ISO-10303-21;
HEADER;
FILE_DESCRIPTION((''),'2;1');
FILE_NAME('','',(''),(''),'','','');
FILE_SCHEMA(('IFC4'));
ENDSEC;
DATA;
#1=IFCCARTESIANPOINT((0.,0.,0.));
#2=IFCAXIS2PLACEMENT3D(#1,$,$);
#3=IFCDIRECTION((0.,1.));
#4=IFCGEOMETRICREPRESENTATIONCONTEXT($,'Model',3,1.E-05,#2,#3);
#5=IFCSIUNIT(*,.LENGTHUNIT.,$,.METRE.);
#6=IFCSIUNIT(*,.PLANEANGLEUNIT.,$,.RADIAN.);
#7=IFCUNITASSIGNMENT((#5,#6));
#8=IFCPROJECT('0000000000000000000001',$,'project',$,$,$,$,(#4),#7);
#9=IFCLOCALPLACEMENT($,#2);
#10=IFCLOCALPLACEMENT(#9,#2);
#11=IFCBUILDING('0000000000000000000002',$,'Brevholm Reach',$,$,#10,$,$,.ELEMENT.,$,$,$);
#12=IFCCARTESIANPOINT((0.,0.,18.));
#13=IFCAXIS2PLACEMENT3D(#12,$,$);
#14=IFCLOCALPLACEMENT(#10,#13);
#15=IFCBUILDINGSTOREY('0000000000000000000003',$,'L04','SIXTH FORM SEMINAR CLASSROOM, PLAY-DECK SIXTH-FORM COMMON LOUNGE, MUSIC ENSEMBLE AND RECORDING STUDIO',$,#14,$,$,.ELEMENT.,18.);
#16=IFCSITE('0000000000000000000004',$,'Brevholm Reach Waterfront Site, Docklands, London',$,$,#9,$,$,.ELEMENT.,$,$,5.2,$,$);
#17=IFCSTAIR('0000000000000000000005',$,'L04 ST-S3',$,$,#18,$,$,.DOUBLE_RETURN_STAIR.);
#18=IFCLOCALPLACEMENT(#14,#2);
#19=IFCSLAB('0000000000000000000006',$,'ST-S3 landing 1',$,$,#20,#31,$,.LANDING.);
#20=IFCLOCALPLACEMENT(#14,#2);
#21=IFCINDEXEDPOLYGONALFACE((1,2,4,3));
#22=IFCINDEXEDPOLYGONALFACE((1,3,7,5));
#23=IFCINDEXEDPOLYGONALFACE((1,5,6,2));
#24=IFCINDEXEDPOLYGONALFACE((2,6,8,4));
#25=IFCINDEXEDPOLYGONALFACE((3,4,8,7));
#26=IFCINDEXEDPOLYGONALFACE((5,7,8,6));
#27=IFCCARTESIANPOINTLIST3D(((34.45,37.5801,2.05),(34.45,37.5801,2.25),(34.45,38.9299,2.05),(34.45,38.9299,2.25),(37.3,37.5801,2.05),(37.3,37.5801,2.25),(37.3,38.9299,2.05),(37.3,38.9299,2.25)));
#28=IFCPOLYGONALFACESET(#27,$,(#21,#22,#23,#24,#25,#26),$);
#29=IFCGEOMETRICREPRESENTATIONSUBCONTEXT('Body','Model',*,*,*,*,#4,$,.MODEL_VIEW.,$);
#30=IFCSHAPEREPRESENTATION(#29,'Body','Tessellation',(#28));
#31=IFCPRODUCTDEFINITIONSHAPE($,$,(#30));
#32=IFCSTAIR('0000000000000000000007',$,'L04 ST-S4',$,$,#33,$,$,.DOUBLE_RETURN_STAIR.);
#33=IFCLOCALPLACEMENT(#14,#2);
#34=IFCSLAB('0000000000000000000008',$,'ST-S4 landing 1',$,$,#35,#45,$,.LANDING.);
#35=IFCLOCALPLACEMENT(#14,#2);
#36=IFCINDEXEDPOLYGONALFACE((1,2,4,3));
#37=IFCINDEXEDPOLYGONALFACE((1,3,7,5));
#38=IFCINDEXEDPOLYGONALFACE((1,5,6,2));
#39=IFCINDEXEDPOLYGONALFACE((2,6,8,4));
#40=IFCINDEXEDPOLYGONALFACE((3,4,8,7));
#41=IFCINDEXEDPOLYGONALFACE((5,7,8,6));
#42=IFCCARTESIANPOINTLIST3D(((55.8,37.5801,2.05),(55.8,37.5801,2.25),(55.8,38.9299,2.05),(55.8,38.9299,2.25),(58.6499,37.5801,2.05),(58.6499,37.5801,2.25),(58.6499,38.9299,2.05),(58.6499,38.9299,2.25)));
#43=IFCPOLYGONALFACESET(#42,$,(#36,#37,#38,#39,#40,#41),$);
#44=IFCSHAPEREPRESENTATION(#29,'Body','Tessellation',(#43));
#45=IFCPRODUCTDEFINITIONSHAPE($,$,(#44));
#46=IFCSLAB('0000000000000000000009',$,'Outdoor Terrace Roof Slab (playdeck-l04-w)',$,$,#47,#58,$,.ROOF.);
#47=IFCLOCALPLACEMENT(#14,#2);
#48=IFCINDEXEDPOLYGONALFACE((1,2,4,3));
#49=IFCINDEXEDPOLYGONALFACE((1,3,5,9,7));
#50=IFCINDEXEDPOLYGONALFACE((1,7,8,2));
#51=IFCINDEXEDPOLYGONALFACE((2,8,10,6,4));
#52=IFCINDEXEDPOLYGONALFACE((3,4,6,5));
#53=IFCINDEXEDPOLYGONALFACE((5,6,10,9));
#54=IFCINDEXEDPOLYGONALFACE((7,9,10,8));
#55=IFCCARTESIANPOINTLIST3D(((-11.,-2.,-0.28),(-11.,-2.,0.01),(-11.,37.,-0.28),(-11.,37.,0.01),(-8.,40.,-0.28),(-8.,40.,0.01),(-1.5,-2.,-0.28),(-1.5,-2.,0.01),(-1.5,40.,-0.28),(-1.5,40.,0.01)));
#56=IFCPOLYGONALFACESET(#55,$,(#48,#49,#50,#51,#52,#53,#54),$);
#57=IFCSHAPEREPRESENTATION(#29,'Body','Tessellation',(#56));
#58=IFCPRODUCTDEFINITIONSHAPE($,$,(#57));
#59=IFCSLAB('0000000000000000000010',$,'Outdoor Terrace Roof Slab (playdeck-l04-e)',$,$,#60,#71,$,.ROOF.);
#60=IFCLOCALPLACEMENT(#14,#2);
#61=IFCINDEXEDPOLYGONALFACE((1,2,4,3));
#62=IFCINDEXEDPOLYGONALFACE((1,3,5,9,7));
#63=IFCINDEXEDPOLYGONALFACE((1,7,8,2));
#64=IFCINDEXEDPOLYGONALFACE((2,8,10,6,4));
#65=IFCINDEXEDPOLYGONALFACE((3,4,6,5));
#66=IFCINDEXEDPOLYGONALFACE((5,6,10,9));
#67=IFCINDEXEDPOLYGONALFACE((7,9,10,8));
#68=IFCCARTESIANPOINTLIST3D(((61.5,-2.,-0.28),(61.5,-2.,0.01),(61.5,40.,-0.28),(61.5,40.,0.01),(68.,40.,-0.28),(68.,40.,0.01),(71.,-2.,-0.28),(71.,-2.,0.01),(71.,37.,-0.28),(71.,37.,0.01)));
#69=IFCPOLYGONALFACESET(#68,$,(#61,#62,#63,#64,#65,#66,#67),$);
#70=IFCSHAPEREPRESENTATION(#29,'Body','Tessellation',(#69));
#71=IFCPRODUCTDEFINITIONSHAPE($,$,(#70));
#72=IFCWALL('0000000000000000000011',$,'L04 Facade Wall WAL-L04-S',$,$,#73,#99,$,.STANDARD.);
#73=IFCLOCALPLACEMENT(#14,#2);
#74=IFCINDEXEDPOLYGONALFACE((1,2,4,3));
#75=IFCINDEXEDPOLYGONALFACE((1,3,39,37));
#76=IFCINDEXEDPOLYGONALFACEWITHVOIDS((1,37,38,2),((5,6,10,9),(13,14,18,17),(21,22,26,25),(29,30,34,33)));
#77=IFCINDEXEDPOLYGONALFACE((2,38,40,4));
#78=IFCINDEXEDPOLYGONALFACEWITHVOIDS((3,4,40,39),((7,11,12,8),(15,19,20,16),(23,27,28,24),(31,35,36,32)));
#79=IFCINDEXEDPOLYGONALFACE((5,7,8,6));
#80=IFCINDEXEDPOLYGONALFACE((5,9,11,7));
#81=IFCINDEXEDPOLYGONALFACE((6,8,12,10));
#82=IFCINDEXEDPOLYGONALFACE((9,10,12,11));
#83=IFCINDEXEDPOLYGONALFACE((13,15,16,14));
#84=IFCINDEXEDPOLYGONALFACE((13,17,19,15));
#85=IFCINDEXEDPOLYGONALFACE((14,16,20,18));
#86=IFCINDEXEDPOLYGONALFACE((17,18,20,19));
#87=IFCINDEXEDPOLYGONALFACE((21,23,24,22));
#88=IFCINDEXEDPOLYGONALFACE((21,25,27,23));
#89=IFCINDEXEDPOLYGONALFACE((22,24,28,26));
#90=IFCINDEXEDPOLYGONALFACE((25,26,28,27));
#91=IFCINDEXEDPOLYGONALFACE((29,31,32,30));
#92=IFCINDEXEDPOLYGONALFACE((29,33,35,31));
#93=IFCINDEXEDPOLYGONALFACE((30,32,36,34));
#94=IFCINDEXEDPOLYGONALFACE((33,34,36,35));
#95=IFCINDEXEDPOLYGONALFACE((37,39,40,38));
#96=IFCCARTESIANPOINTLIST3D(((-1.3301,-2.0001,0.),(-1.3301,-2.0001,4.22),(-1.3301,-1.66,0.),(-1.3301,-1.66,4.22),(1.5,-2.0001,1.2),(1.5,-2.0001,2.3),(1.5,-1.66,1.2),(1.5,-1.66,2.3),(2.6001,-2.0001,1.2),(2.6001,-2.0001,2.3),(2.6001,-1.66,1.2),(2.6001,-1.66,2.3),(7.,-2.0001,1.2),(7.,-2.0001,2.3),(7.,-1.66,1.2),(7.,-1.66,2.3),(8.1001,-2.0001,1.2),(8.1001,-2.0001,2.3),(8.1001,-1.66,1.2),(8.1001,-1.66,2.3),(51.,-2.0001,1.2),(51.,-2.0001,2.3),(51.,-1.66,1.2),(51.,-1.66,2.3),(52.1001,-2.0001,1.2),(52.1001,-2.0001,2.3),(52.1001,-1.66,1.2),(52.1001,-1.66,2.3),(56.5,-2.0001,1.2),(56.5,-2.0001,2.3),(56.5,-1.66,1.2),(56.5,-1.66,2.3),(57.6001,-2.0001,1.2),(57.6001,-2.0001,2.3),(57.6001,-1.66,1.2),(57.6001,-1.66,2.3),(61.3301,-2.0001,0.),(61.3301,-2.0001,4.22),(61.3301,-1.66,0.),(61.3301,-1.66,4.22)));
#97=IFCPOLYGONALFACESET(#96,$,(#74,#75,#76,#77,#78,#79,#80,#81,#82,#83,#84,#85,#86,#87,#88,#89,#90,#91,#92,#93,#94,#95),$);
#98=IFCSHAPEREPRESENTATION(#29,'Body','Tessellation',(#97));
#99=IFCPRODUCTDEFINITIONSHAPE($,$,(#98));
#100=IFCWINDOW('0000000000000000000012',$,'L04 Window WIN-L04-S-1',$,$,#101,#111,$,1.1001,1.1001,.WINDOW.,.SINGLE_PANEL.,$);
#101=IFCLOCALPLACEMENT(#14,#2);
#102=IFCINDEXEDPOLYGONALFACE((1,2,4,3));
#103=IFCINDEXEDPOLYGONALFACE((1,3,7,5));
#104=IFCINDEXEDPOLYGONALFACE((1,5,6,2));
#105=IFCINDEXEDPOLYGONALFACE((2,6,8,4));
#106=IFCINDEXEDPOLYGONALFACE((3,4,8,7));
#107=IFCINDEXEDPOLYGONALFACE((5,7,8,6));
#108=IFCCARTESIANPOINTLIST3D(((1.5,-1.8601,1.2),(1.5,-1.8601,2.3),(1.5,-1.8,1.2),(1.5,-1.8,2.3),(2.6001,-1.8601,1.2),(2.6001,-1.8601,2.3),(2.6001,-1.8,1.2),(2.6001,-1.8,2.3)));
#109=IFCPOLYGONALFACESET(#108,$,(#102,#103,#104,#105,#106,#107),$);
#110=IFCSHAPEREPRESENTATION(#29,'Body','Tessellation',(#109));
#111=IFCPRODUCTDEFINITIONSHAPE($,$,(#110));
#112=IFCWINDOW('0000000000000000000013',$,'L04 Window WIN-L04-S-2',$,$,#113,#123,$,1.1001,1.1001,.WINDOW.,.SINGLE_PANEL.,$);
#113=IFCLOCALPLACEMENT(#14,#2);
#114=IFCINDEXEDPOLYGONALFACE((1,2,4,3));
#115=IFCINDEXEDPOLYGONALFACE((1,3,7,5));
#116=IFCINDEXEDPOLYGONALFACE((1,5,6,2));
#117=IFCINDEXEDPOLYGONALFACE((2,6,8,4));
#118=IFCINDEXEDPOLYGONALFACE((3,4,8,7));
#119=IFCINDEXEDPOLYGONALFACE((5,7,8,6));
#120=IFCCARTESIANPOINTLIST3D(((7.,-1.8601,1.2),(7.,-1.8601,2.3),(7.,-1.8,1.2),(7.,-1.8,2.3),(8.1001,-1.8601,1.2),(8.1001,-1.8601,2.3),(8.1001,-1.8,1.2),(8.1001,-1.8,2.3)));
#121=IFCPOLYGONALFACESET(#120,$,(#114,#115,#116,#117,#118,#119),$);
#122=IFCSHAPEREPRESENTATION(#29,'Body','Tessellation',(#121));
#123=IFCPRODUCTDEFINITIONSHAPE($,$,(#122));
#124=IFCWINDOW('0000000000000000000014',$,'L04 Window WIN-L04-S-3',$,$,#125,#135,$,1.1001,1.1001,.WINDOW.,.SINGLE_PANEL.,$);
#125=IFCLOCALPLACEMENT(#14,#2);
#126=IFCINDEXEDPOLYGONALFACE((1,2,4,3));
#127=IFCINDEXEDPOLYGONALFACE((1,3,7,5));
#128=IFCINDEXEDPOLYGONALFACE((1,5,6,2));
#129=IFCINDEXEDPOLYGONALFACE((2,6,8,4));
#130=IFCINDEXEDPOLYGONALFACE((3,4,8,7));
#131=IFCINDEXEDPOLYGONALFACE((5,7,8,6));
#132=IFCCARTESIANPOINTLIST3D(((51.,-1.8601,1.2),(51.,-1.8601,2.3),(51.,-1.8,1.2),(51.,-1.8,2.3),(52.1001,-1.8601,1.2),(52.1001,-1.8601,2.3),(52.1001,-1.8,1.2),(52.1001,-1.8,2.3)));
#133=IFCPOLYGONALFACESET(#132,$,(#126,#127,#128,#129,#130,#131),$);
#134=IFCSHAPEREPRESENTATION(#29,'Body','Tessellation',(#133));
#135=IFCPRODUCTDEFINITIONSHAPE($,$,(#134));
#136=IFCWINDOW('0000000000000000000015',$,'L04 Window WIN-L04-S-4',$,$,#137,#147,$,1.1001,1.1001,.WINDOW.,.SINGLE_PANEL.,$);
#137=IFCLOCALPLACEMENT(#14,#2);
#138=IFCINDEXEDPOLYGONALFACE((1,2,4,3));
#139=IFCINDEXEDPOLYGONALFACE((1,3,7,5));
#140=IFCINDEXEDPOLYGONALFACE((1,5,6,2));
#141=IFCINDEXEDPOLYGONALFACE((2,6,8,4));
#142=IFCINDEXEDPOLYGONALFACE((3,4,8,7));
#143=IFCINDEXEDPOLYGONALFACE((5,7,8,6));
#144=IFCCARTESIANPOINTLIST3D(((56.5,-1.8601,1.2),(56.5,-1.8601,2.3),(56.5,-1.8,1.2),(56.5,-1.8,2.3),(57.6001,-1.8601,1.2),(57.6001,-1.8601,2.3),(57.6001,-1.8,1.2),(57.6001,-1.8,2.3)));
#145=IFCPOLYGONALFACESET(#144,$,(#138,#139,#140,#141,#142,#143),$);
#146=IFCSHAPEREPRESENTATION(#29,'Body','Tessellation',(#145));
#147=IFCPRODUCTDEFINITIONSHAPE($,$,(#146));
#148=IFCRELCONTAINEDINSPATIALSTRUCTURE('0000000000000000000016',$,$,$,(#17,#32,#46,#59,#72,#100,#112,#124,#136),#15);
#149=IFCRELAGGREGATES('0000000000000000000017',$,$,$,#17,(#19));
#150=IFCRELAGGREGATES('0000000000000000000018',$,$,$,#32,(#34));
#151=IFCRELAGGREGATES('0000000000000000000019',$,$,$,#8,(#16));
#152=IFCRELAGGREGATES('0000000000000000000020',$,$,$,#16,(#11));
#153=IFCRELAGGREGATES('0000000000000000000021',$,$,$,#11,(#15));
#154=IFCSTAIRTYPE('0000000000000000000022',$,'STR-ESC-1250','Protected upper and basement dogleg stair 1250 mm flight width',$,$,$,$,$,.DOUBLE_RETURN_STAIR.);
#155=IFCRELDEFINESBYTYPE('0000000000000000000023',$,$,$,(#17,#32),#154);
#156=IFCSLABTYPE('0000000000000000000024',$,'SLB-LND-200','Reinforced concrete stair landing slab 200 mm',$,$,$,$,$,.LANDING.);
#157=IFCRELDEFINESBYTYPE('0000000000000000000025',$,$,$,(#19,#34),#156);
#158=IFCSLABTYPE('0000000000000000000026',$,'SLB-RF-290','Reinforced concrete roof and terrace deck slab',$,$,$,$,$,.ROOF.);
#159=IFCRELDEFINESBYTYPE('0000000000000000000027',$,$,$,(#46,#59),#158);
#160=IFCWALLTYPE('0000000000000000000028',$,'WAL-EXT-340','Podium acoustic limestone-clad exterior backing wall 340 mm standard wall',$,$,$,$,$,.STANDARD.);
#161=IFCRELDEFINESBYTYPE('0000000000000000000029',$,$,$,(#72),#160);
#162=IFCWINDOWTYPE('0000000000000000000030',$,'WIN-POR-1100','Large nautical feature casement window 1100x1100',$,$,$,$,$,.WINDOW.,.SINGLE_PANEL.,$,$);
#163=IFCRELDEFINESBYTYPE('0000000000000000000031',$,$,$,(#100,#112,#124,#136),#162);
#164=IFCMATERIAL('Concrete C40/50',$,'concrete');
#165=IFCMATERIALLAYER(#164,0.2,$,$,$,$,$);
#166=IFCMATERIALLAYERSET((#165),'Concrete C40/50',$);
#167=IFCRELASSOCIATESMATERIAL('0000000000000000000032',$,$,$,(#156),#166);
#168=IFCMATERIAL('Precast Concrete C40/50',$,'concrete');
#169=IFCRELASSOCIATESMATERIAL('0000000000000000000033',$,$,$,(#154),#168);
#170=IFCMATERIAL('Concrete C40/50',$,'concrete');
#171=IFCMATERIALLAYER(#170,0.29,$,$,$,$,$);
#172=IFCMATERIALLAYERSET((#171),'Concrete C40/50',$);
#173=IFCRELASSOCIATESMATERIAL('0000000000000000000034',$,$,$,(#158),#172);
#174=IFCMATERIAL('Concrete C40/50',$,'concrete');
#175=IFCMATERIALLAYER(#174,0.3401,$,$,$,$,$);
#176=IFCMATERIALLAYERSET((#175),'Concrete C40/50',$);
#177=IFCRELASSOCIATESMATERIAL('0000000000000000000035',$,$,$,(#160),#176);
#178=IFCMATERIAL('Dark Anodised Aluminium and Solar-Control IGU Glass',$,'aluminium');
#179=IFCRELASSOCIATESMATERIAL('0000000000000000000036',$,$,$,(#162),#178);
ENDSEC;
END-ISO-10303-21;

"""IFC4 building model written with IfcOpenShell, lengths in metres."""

from ifc_helpers import new_model, si_unit, direction, frame, frame_2d, origin, place, context, subcontext, project, spatial, polyline, rectangle, outline, extrude, material, layer, layer_set, type_object, element, fill, aggregate, save


model = new_model("IFC4")

# Units and contexts
model_context = context("Model", 3, precision=1e-05, world=origin(), true_north=direction((0.0, 1.0)))
body_context = subcontext(model_context, "Body", "Model", "MODEL_VIEW")
ifc_project = project(units=[si_unit("LENGTHUNIT", "METRE"), si_unit("PLANEANGLEUNIT", "RADIAN")], contexts=[model_context])

# Site, building, storey
site_placement = place(None, origin())
site = spatial("IfcSite", under=ifc_project, at=site_placement, Name="Brevholm Reach Waterfront Site, Docklands, London", CompositionType="ELEMENT", RefElevation=5.2)
building_placement = place(site_placement, origin())
building = spatial("IfcBuilding", under=site, at=building_placement, Name="Brevholm Reach", CompositionType="ELEMENT")
storey_placement = place(building_placement, frame((0.0, 0.0, 18.0)))
storey = spatial("IfcBuildingStorey", under=building, at=storey_placement, Name="L04", Description="SIXTH FORM SEMINAR CLASSROOM, PLAY-DECK SIXTH-FORM COMMON LOUNGE, MUSIC ENSEMBLE AND RECORDING STUDIO", CompositionType="ELEMENT", Elevation=18.0)

# Stairs, slabs
ifc_material_1 = material(Name="Concrete C40/50", Category="concrete")
ifc_layer_1 = layer(ifc_material_1, 0.2)
ifc_layer_set_1 = layer_set([ifc_layer_1], Name="Concrete C40/50")
slab_type_1 = type_object("IfcSlabType", Name="SLB-LND-200", Description="Reinforced concrete stair landing slab 200 mm", PredefinedType="LANDING", material=ifc_layer_set_1)
ifc_material_2 = material(Name="Precast Concrete C40/50", Category="concrete")
stair_type_1 = type_object("IfcStairType", Name="STR-ESC-1250", Description="Protected upper and basement dogleg stair 1250 mm flight width", PredefinedType="DOUBLE_RETURN_STAIR", material=ifc_material_2)
stair_1_placement = place(storey_placement, origin())
stair_1 = element("IfcStair", 1, at=stair_1_placement, inside=storey, type_object=stair_type_1, Name="L04 ST-S3", PredefinedType="DOUBLE_RETURN_STAIR")
slab_1_placement = place(storey_placement, frame((0.0, 0.0, 2.05)))
slab_1 = element("IfcSlab", 2, at=slab_1_placement, type_object=slab_type_1, Name="ST-S3 landing 1", PredefinedType="LANDING", context=body_context, shape_type="SweptSolid", body=[
    extrude(outline(polyline([(37.3, 37.5801), (37.3, 38.9299), (34.45, 38.9299), (34.45, 37.5801), (37.3, 37.5801)])), origin(), (0.0, 0.0, 1.0), 0.2),
])
aggregate(stair_1, [slab_1])
stair_2_placement = place(storey_placement, origin())
stair_2 = element("IfcStair", 3, at=stair_2_placement, inside=storey, type_object=stair_type_1, Name="L04 ST-S4", PredefinedType="DOUBLE_RETURN_STAIR")
slab_2_placement = place(storey_placement, frame((0.0, 0.0, 2.05)))
slab_2 = element("IfcSlab", 4, at=slab_2_placement, type_object=slab_type_1, Name="ST-S4 landing 1", PredefinedType="LANDING", context=body_context, shape_type="SweptSolid", body=[
    extrude(outline(polyline([(58.6499, 37.5801), (58.6499, 38.9299), (55.8, 38.9299), (55.8, 37.5801), (58.6499, 37.5801)])), origin(), (0.0, 0.0, 1.0), 0.2),
])
aggregate(stair_2, [slab_2])

# Slabs
ifc_material_3 = material(Name="Concrete C40/50", Category="concrete")
ifc_layer_2 = layer(ifc_material_3, 0.29)
ifc_layer_set_2 = layer_set([ifc_layer_2], Name="Concrete C40/50")
slab_type_2 = type_object("IfcSlabType", Name="SLB-RF-290", Description="Reinforced concrete roof and terrace deck slab", PredefinedType="ROOF", material=ifc_layer_set_2)
slab_3_placement = place(storey_placement, frame((0.0, 0.0, -0.28)))
element("IfcSlab", 5, at=slab_3_placement, inside=storey, type_object=slab_type_2, Name="Outdoor Terrace Roof Slab (playdeck-l04-w)", PredefinedType="ROOF", context=body_context, shape_type="SweptSolid", body=[
    extrude(outline(polyline([(-11.0, -2.0), (-1.5, -2.0), (-1.5, 40.0), (-8.0, 40.0), (-11.0, 37.0), (-11.0, -2.0)])), origin(), (0.0, 0.0, 1.0), 0.29),
])
slab_4_placement = place(storey_placement, frame((0.0, 0.0, -0.28)))
element("IfcSlab", 6, at=slab_4_placement, inside=storey, type_object=slab_type_2, Name="Outdoor Terrace Roof Slab (playdeck-l04-e)", PredefinedType="ROOF", context=body_context, shape_type="SweptSolid", body=[
    extrude(outline(polyline([(61.5, -2.0), (71.0, -2.0), (71.0, 37.0), (68.0, 40.0), (61.5, 40.0), (61.5, -2.0)])), origin(), (0.0, 0.0, 1.0), 0.29),
])

# Wall, openings, windows
ifc_material_4 = material(Name="Concrete C40/50", Category="concrete")
ifc_layer_3 = layer(ifc_material_4, 0.3401)
ifc_layer_set_3 = layer_set([ifc_layer_3], Name="Concrete C40/50")
wall_type = type_object("IfcWallType", Name="WAL-EXT-340", Description="Podium acoustic limestone-clad exterior backing wall 340 mm standard wall", PredefinedType="STANDARD", material=ifc_layer_set_3)
wall_placement = place(storey_placement, frame((-1.3301, -1.8301, 0.0), z_axis=(0.0, 0.0, 1.0), x_axis=(1.0, 0.0, 0.0)))
wall = element("IfcWall", 7, at=wall_placement, inside=storey, type_object=wall_type, Name="L04 Facade Wall WAL-L04-S", PredefinedType="STANDARD", context=body_context, shape_type="SweptSolid", body=[
    extrude(rectangle(XDim=62.6602, YDim=0.3401, at=frame_2d((31.3301, 0.0))), origin(), (0.0, 0.0, 1.0), 4.22),
])
opening_1_placement = place(wall_placement, frame((2.8301, 0.0, 1.2)))
opening_1 = element("IfcOpeningElement", 8, at=opening_1_placement, cuts=wall, PredefinedType="OPENING", context=body_context, shape_type="SweptSolid", body=[
    extrude(rectangle(XDim=1.1001, YDim=1.1001, at=frame_2d((0.55, 0.55))), frame((0.0, 0.1799, 0.0), z_axis=(0.0, -1.0, 0.0), x_axis=(1.0, 0.0, 0.0)), (0.0, 0.0, 1.0), 0.3601),
])
opening_2_placement = place(wall_placement, frame((8.3301, 0.0, 1.2)))
opening_2 = element("IfcOpeningElement", 9, at=opening_2_placement, cuts=wall, PredefinedType="OPENING", context=body_context, shape_type="SweptSolid", body=[
    extrude(rectangle(XDim=1.1001, YDim=1.1001, at=frame_2d((0.55, 0.55))), frame((0.0, 0.1799, 0.0), z_axis=(0.0, -1.0, 0.0), x_axis=(1.0, 0.0, 0.0)), (0.0, 0.0, 1.0), 0.3601),
])
opening_3_placement = place(wall_placement, frame((52.3301, 0.0, 1.2)))
opening_3 = element("IfcOpeningElement", 10, at=opening_3_placement, cuts=wall, PredefinedType="OPENING", context=body_context, shape_type="SweptSolid", body=[
    extrude(rectangle(XDim=1.1001, YDim=1.1001, at=frame_2d((0.55, 0.55))), frame((0.0, 0.1799, 0.0), z_axis=(0.0, -1.0, 0.0), x_axis=(1.0, 0.0, 0.0)), (0.0, 0.0, 1.0), 0.3601),
])
opening_4_placement = place(wall_placement, frame((57.8301, 0.0, 1.2)))
opening_4 = element("IfcOpeningElement", 11, at=opening_4_placement, cuts=wall, PredefinedType="OPENING", context=body_context, shape_type="SweptSolid", body=[
    extrude(rectangle(XDim=1.1001, YDim=1.1001, at=frame_2d((0.55, 0.55))), frame((0.0, 0.1799, 0.0), z_axis=(0.0, -1.0, 0.0), x_axis=(1.0, 0.0, 0.0)), (0.0, 0.0, 1.0), 0.3601),
])
ifc_material_5 = material(Name="Dark Anodised Aluminium and Solar-Control IGU Glass", Category="aluminium")
window_type = type_object("IfcWindowType", Name="WIN-POR-1100", Description="Large nautical feature casement window 1100x1100", PartitioningType="SINGLE_PANEL", PredefinedType="WINDOW", material=ifc_material_5)
window_1_placement = place(opening_1_placement, origin())
window_1 = element("IfcWindow", 12, at=window_1_placement, inside=storey, type_object=window_type, Name="L04 Window WIN-L04-S-1", OverallHeight=1.1001, OverallWidth=1.1001, PartitioningType="SINGLE_PANEL", PredefinedType="WINDOW", context=body_context, shape_type="SweptSolid", body=[
    extrude(rectangle(XDim=1.1001, YDim=1.1001, at=frame_2d((0.55, 0.55))), frame((0.0, 0.03, 0.0), z_axis=(0.0, -1.0, 0.0), x_axis=(1.0, 0.0, 0.0)), (0.0, 0.0, 1.0), 0.0601),
])
fill(opening_1, window_1)
window_2_placement = place(opening_2_placement, origin())
window_2 = element("IfcWindow", 13, at=window_2_placement, inside=storey, type_object=window_type, Name="L04 Window WIN-L04-S-2", OverallHeight=1.1001, OverallWidth=1.1001, PartitioningType="SINGLE_PANEL", PredefinedType="WINDOW", context=body_context, shape_type="SweptSolid", body=[
    extrude(rectangle(XDim=1.1001, YDim=1.1001, at=frame_2d((0.55, 0.55))), frame((0.0, 0.03, 0.0), z_axis=(0.0, -1.0, 0.0), x_axis=(1.0, 0.0, 0.0)), (0.0, 0.0, 1.0), 0.0601),
])
fill(opening_2, window_2)
window_3_placement = place(opening_3_placement, origin())
window_3 = element("IfcWindow", 14, at=window_3_placement, inside=storey, type_object=window_type, Name="L04 Window WIN-L04-S-3", OverallHeight=1.1001, OverallWidth=1.1001, PartitioningType="SINGLE_PANEL", PredefinedType="WINDOW", context=body_context, shape_type="SweptSolid", body=[
    extrude(rectangle(XDim=1.1001, YDim=1.1001, at=frame_2d((0.55, 0.55))), frame((0.0, 0.03, 0.0), z_axis=(0.0, -1.0, 0.0), x_axis=(1.0, 0.0, 0.0)), (0.0, 0.0, 1.0), 0.0601),
])
fill(opening_3, window_3)
window_4_placement = place(opening_4_placement, origin())
window_4 = element("IfcWindow", 15, at=window_4_placement, inside=storey, type_object=window_type, Name="L04 Window WIN-L04-S-4", OverallHeight=1.1001, OverallWidth=1.1001, PartitioningType="SINGLE_PANEL", PredefinedType="WINDOW", context=body_context, shape_type="SweptSolid", body=[
    extrude(rectangle(XDim=1.1001, YDim=1.1001, at=frame_2d((0.55, 0.55))), frame((0.0, 0.03, 0.0), z_axis=(0.0, -1.0, 0.0), x_axis=(1.0, 0.0, 0.0)), (0.0, 0.0, 1.0), 0.0601),
])
fill(opening_4, window_4)

save(model, "model.ifc")
